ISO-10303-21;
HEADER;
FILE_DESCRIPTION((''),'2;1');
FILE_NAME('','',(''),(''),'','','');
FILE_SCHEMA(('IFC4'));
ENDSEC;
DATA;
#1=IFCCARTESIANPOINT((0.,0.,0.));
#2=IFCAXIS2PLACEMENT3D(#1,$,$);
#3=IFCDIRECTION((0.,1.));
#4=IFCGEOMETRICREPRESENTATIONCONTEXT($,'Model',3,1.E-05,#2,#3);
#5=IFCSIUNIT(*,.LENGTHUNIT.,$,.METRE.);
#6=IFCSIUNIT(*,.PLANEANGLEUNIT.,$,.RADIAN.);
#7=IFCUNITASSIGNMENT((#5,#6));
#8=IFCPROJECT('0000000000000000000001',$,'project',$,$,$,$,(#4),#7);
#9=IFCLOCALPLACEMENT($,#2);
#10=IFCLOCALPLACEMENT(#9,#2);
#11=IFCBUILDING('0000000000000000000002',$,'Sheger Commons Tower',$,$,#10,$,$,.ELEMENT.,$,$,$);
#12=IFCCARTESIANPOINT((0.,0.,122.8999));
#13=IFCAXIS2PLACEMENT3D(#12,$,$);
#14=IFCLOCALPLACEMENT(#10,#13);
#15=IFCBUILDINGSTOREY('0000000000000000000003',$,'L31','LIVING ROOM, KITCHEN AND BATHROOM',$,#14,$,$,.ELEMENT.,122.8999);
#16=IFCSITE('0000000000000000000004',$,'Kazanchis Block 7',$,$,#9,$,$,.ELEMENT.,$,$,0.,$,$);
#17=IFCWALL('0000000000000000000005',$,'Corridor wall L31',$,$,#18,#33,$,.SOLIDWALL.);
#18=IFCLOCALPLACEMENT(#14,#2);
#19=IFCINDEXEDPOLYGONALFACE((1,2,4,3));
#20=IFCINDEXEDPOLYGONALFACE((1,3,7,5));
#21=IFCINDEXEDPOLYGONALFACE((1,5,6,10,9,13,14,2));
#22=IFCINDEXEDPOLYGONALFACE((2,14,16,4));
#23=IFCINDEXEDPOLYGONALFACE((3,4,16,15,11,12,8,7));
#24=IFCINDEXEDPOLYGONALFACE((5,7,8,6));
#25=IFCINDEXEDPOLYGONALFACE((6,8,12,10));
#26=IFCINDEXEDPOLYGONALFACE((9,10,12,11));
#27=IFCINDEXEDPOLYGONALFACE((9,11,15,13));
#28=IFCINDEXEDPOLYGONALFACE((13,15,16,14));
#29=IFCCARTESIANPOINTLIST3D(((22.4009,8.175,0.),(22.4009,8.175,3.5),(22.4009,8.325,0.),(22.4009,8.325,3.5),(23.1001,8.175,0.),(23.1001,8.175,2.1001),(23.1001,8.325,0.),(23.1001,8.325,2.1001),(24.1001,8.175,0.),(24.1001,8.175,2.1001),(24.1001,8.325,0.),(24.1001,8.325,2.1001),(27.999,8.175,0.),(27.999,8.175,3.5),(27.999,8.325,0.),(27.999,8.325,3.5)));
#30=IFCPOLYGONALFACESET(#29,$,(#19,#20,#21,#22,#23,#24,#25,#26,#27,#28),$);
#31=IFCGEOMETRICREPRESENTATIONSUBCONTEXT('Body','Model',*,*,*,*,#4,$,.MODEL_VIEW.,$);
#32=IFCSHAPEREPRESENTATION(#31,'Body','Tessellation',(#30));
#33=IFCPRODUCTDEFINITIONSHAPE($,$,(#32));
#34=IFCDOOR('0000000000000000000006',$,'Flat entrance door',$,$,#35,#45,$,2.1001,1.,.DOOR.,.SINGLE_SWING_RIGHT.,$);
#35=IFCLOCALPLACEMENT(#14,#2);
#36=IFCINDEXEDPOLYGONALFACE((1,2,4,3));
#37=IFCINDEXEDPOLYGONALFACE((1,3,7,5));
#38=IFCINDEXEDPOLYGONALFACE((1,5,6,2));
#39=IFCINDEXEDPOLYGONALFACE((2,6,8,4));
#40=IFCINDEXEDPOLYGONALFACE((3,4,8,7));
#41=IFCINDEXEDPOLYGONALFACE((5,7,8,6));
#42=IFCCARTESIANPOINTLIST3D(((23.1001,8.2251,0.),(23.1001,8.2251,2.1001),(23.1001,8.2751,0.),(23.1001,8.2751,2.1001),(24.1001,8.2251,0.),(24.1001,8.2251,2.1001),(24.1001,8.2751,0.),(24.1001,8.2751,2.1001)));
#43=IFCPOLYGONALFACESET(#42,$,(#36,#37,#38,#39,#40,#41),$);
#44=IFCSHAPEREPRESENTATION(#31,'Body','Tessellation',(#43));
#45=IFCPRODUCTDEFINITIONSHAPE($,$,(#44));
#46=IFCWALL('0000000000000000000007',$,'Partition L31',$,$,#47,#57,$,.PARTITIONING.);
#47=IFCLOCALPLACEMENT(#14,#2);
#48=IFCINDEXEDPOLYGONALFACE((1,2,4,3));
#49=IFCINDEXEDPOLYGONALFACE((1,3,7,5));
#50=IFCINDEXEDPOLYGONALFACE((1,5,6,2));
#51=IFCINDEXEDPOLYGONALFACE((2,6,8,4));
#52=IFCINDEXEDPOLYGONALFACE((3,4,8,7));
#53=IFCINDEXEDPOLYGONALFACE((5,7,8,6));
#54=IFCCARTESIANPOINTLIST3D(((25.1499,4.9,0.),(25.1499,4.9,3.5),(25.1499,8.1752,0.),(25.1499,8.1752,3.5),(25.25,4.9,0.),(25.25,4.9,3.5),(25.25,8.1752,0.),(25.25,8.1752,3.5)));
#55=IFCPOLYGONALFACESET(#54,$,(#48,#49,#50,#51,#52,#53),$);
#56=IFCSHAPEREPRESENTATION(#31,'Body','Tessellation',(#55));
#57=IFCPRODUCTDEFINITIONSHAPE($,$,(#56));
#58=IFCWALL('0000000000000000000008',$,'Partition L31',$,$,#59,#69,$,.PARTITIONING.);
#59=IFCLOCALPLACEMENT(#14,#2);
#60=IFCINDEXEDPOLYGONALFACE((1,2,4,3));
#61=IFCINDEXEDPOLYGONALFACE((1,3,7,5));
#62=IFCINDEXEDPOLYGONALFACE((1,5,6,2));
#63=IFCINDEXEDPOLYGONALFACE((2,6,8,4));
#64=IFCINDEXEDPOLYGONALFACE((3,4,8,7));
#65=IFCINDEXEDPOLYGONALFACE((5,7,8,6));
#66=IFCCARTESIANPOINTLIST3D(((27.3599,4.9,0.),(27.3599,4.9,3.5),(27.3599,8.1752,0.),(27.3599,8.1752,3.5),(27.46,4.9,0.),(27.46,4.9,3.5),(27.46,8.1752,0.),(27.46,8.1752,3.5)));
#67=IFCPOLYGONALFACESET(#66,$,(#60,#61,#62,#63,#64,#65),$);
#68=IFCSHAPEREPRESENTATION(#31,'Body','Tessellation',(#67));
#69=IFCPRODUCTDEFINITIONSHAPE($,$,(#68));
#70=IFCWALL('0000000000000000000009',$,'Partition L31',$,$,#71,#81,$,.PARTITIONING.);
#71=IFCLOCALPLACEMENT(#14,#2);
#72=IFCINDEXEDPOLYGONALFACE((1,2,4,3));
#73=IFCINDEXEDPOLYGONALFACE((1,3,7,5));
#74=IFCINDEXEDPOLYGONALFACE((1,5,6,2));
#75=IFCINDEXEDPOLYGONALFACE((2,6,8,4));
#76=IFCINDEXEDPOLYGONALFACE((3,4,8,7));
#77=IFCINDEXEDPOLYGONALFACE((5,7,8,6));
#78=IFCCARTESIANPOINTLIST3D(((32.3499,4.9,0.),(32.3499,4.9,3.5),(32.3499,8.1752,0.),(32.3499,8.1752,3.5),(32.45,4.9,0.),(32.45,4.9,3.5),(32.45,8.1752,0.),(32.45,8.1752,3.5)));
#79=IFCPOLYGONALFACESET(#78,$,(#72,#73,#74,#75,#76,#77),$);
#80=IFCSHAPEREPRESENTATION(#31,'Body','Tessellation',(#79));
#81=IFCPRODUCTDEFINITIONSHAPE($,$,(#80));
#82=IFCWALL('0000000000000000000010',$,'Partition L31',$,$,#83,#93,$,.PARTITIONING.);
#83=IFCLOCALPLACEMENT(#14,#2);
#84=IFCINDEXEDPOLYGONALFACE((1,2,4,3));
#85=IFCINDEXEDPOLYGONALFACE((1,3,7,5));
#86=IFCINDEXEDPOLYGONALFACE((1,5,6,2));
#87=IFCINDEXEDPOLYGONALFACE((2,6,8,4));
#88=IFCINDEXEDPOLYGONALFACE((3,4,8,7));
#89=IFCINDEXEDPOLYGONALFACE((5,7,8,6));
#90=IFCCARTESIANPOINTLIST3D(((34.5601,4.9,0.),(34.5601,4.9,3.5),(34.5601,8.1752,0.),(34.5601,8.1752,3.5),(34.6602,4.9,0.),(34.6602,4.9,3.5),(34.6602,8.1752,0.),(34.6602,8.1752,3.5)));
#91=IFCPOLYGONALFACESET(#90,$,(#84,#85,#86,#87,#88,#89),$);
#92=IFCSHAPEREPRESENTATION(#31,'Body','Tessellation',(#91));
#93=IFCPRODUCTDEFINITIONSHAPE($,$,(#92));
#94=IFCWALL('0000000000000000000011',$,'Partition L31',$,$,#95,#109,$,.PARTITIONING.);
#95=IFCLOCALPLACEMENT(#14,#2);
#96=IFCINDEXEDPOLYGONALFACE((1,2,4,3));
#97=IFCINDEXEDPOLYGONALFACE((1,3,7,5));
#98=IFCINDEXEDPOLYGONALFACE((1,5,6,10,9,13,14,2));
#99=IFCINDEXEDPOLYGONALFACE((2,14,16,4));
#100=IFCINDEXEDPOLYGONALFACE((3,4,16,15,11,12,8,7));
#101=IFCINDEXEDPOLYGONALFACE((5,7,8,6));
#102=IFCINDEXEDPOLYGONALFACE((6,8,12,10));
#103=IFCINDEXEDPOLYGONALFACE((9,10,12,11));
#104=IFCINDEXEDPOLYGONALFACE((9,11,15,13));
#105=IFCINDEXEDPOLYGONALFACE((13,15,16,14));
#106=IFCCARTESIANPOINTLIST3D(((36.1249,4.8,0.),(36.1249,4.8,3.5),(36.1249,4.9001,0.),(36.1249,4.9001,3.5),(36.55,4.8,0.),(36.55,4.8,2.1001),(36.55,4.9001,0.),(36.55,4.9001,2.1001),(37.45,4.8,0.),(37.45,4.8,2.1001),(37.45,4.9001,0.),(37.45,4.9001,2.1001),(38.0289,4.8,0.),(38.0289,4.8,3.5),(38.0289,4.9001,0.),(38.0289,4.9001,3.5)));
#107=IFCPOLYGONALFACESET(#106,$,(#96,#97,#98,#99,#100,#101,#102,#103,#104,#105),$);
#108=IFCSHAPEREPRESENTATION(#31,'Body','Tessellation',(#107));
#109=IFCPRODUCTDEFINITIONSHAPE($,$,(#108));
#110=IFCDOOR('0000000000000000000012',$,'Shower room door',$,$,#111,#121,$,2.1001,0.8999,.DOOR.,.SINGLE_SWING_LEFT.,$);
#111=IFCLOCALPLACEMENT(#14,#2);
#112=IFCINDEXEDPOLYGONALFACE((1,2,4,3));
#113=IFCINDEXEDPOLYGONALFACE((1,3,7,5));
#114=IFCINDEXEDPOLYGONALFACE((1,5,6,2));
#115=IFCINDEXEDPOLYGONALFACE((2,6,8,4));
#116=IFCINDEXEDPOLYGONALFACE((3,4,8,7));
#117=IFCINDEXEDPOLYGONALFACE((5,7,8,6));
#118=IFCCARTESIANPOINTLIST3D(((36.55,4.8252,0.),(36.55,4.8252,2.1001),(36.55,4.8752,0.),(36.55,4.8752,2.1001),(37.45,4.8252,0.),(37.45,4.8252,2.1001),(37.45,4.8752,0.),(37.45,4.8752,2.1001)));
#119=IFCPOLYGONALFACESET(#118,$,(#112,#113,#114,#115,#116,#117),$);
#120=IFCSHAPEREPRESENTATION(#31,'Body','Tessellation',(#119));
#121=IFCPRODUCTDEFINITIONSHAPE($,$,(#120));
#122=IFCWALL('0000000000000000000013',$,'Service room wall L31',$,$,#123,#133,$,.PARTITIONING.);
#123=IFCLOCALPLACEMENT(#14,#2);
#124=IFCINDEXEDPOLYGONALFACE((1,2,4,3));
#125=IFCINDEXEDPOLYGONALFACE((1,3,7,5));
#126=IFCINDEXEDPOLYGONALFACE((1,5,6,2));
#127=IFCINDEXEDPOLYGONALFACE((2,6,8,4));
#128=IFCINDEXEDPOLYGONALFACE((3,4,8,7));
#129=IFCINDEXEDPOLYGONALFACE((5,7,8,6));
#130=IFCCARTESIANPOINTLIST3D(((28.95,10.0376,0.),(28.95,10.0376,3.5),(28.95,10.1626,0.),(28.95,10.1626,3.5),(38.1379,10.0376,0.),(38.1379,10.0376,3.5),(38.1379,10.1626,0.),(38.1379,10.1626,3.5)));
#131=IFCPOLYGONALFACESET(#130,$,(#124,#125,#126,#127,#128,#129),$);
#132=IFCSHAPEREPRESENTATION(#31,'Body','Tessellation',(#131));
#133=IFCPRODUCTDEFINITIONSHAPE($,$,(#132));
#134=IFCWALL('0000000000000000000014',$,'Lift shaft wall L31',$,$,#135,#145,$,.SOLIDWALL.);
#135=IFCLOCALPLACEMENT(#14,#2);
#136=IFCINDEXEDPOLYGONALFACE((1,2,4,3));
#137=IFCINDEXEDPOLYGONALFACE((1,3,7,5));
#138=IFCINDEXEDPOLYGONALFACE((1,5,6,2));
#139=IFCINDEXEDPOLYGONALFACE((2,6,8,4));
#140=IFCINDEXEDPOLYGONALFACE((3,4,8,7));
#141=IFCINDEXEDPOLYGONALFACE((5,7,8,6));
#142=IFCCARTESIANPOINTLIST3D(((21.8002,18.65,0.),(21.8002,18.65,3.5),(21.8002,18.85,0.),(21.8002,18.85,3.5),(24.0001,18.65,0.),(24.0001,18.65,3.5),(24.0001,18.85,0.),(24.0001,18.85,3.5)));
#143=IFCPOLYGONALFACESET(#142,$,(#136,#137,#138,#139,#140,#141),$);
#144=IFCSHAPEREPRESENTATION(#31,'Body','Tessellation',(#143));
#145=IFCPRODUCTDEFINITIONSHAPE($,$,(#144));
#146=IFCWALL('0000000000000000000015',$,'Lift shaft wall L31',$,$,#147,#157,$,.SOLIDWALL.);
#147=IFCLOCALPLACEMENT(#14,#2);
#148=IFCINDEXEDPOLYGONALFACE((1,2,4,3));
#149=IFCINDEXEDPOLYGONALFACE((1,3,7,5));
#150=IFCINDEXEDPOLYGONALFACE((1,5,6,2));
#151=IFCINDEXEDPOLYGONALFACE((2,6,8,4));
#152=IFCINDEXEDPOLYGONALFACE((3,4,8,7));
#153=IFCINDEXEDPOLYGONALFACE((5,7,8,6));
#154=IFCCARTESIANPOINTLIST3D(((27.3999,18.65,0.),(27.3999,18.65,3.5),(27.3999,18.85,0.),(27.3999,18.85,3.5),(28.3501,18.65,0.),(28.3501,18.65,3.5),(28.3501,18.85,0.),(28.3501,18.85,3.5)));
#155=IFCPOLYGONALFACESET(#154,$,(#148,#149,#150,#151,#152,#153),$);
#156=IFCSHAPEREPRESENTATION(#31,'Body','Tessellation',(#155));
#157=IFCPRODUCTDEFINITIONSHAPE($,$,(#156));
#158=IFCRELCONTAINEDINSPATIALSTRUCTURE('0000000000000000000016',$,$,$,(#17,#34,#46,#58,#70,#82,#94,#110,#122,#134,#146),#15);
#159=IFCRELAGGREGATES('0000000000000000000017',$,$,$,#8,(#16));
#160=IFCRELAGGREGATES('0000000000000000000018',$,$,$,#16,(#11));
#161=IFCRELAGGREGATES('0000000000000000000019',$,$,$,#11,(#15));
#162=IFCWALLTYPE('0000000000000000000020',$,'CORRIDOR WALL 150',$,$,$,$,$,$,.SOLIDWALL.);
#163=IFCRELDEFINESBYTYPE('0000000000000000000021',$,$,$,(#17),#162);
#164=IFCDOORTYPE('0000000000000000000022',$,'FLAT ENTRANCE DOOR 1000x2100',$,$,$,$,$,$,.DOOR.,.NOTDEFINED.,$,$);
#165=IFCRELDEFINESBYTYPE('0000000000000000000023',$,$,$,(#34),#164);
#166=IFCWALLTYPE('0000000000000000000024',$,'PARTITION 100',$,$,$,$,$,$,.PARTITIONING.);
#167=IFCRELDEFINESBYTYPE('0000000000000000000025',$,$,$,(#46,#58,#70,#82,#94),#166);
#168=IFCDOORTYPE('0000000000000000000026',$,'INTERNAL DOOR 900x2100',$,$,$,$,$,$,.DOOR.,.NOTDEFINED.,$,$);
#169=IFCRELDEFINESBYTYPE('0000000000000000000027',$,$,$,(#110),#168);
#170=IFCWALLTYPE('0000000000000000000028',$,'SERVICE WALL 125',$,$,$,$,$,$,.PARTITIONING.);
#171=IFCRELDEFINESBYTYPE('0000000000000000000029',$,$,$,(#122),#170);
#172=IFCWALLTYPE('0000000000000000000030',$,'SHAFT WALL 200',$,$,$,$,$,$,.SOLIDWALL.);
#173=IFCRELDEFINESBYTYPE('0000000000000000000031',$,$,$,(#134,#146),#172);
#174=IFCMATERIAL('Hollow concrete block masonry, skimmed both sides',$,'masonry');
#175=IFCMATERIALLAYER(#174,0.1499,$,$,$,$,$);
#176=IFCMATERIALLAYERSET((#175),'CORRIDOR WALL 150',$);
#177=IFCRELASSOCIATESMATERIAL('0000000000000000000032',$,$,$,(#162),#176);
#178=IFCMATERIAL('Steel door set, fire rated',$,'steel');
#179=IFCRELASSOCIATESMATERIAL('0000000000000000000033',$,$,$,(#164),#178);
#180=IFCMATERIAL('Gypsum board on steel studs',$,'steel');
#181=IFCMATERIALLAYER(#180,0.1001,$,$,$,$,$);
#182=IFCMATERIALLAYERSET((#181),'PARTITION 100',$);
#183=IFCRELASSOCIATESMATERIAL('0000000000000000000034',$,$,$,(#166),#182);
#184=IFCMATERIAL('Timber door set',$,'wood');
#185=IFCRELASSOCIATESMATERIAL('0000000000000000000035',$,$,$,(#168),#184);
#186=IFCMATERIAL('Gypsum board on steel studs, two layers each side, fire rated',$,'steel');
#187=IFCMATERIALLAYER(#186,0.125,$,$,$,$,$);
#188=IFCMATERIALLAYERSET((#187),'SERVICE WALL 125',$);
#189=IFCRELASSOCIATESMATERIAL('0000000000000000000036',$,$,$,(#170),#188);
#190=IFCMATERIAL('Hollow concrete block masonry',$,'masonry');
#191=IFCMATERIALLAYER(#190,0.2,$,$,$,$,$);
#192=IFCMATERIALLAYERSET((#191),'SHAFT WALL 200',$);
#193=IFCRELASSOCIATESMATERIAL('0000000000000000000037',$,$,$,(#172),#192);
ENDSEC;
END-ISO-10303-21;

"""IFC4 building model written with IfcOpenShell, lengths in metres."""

from ifc_helpers import new_model, si_unit, direction, frame, frame_2d, origin, place, context, subcontext, project, spatial, rectangle, extrude, material, layer, layer_set, type_object, element, fill, save


model = new_model("IFC4")

# Units and contexts
model_context = context("Model", 3, precision=1e-05, world=origin(), true_north=direction((0.0, 1.0)))
body_context = subcontext(model_context, "Body", "Model", "MODEL_VIEW")
ifc_project = project(units=[si_unit("LENGTHUNIT", "METRE"), si_unit("PLANEANGLEUNIT", "RADIAN")], contexts=[model_context])

# Site, building, storey
site_placement = place(None, origin())
site = spatial("IfcSite", under=ifc_project, at=site_placement, Name="Kazanchis Block 7", CompositionType="ELEMENT", RefElevation=0.0)
building_placement = place(site_placement, origin())
building = spatial("IfcBuilding", under=site, at=building_placement, Name="Sheger Commons Tower", CompositionType="ELEMENT")
storey_placement = place(building_placement, frame((0.0, 0.0, 122.8999)))
storey = spatial("IfcBuildingStorey", under=building, at=storey_placement, Name="L31", Description="LIVING ROOM, KITCHEN AND BATHROOM", CompositionType="ELEMENT", Elevation=122.8999)

# Wall, opening, door
ifc_material_1 = material(Name="Hollow concrete block masonry, skimmed both sides", Category="masonry")
ifc_layer_1 = layer(ifc_material_1, 0.1499)
ifc_layer_set_1 = layer_set([ifc_layer_1], Name="CORRIDOR WALL 150")
wall_type_1 = type_object("IfcWallType", Name="CORRIDOR WALL 150", PredefinedType="SOLIDWALL", material=ifc_layer_set_1)
ifc_material_2 = material(Name="Steel door set, fire rated", Category="steel")
door_type_1 = type_object("IfcDoorType", Name="FLAT ENTRANCE DOOR 1000x2100", OperationType="NOTDEFINED", PredefinedType="DOOR", material=ifc_material_2)
wall_1_placement = place(storey_placement, frame((27.999, 8.25, 0.0), z_axis=(0.0, 0.0, 1.0), x_axis=(-1.0, 0.0, 0.0)))
wall_1 = element("IfcWall", 1, at=wall_1_placement, inside=storey, type_object=wall_type_1, Name="Corridor wall L31", PredefinedType="SOLIDWALL", context=body_context, shape_type="SweptSolid", body=[
    extrude(rectangle(XDim=5.5981, YDim=0.1499, at=frame_2d((2.7991, 0.0))), origin(), (0.0, 0.0, 1.0), 3.5),
])
opening_1_placement = place(wall_1_placement, frame((3.8989, 0.0, 0.0)))
opening_1 = element("IfcOpeningElement", 2, at=opening_1_placement, cuts=wall_1, PredefinedType="OPENING", context=body_context, shape_type="SweptSolid", body=[
    extrude(rectangle(XDim=1.0, YDim=2.1001, at=frame_2d((0.5, 1.05))), frame((0.0, 0.085, 0.0), z_axis=(0.0, -1.0, 0.0), x_axis=(1.0, 0.0, 0.0)), (0.0, 0.0, 1.0), 0.1699),
])
door_1_placement = place(opening_1_placement, origin())
door_1 = element("IfcDoor", 3, at=door_1_placement, inside=storey, type_object=door_type_1, Name="Flat entrance door", OperationType="SINGLE_SWING_RIGHT", OverallHeight=2.1001, OverallWidth=1.0, PredefinedType="DOOR", context=body_context, shape_type="SweptSolid", body=[
    extrude(rectangle(XDim=1.0, YDim=2.1001, at=frame_2d((0.5, 1.05))), frame((0.0, 0.0249, 0.0), z_axis=(0.0, -1.0, 0.0), x_axis=(1.0, 0.0, 0.0)), (0.0, 0.0, 1.0), 0.05),
])
fill(opening_1, door_1)

# Walls
ifc_material_3 = material(Name="Gypsum board on steel studs", Category="steel")
ifc_layer_2 = layer(ifc_material_3, 0.1001)
ifc_layer_set_2 = layer_set([ifc_layer_2], Name="PARTITION 100")
wall_type_2 = type_object("IfcWallType", Name="PARTITION 100", PredefinedType="PARTITIONING", material=ifc_layer_set_2)
for number, where, z_axis, x_axis, name in (
    (4, (25.2, 4.8999, 0.0), (0.0, 0.0, 1.0), (0.0, 1.0, 0.0), "Partition L31"),
    (5, (27.4099, 4.8999, 0.0), (0.0, 0.0, 1.0), (0.0, 1.0, 0.0), "Partition L31"),
    (6, (32.3999, 4.8999, 0.0), (0.0, 0.0, 1.0), (0.0, 1.0, 0.0), "Partition L31"),
    (7, (34.6101, 4.8999, 0.0), (0.0, 0.0, 1.0), (0.0, 1.0, 0.0), "Partition L31"),
):
    element("IfcWall", number, at=place(storey_placement, frame(where, z_axis=z_axis, x_axis=x_axis)), inside=storey, type_object=wall_type_2, Name=name, PredefinedType="PARTITIONING", context=body_context, shape_type="SweptSolid", body=[
        extrude(rectangle(XDim=3.2751, YDim=0.1001, at=frame_2d((1.6377, 0.0))), origin(), (0.0, 0.0, 1.0), 3.5),
    ])

# Wall, opening, door
wall_2_placement = place(storey_placement, frame((38.0291, 4.8501, 0.0), z_axis=(0.0, 0.0, 1.0), x_axis=(-1.0, 0.0, 0.0)))
wall_2 = element("IfcWall", 8, at=wall_2_placement, inside=storey, type_object=wall_type_2, Name="Partition L31", PredefinedType="PARTITIONING", context=body_context, shape_type="SweptSolid", body=[
    extrude(rectangle(XDim=1.9041, YDim=0.1001, at=frame_2d((0.9521, 0.0))), origin(), (0.0, 0.0, 1.0), 3.5),
])
opening_2_placement = place(wall_2_placement, frame((0.5791, 0.0, 0.0)))
opening_2 = element("IfcOpeningElement", 9, at=opening_2_placement, cuts=wall_2, PredefinedType="OPENING", context=body_context, shape_type="SweptSolid", body=[
    extrude(rectangle(XDim=0.8999, YDim=2.1001, at=frame_2d((0.45, 1.05))), frame((0.0, 0.0601, 0.0), z_axis=(0.0, -1.0, 0.0), x_axis=(1.0, 0.0, 0.0)), (0.0, 0.0, 1.0), 0.1201),
])
ifc_material_4 = material(Name="Timber door set", Category="wood")
door_type_2 = type_object("IfcDoorType", Name="INTERNAL DOOR 900x2100", OperationType="NOTDEFINED", PredefinedType="DOOR", material=ifc_material_4)
door_2_placement = place(opening_2_placement, origin())
door_2 = element("IfcDoor", 10, at=door_2_placement, inside=storey, type_object=door_type_2, Name="Shower room door", OperationType="SINGLE_SWING_LEFT", OverallHeight=2.1001, OverallWidth=0.8999, PredefinedType="DOOR", context=body_context, shape_type="SweptSolid", body=[
    extrude(rectangle(XDim=0.8999, YDim=2.1001, at=frame_2d((0.45, 1.05))), frame((0.0, 0.0249, 0.0), z_axis=(0.0, -1.0, 0.0), x_axis=(1.0, 0.0, 0.0)), (0.0, 0.0, 1.0), 0.05),
])
fill(opening_2, door_2)

# Walls
ifc_material_5 = material(Name="Gypsum board on steel studs, two layers each side, fire rated", Category="steel")
ifc_layer_3 = layer(ifc_material_5, 0.125)
ifc_layer_set_3 = layer_set([ifc_layer_3], Name="SERVICE WALL 125")
wall_type_3 = type_object("IfcWallType", Name="SERVICE WALL 125", PredefinedType="PARTITIONING", material=ifc_layer_set_3)
wall_3_placement = place(storey_placement, frame((28.95, 10.1001, 0.0), z_axis=(0.0, 0.0, 1.0), x_axis=(1.0, 0.0, 0.0)))
element("IfcWall", 11, at=wall_3_placement, inside=storey, type_object=wall_type_3, Name="Service room wall L31", PredefinedType="PARTITIONING", context=body_context, shape_type="SweptSolid", body=[
    extrude(rectangle(XDim=9.188, YDim=0.125, at=frame_2d((4.594, 0.0))), origin(), (0.0, 0.0, 1.0), 3.5),
])
ifc_material_6 = material(Name="Hollow concrete block masonry", Category="masonry")
ifc_layer_4 = layer(ifc_material_6, 0.2)
ifc_layer_set_4 = layer_set([ifc_layer_4], Name="SHAFT WALL 200")
wall_type_4 = type_object("IfcWallType", Name="SHAFT WALL 200", PredefinedType="SOLIDWALL", material=ifc_layer_set_4)
wall_4_placement = place(storey_placement, frame((21.8, 18.75, 0.0), z_axis=(0.0, 0.0, 1.0), x_axis=(1.0, 0.0, 0.0)))
element("IfcWall", 12, at=wall_4_placement, inside=storey, type_object=wall_type_4, Name="Lift shaft wall L31", PredefinedType="SOLIDWALL", context=body_context, shape_type="SweptSolid", body=[
    extrude(rectangle(XDim=2.2, YDim=0.2, at=frame_2d((1.1001, 0.0))), origin(), (0.0, 0.0, 1.0), 3.5),
])
wall_5_placement = place(storey_placement, frame((27.3999, 18.75, 0.0), z_axis=(0.0, 0.0, 1.0), x_axis=(1.0, 0.0, 0.0)))
element("IfcWall", 13, at=wall_5_placement, inside=storey, type_object=wall_type_4, Name="Lift shaft wall L31", PredefinedType="SOLIDWALL", context=body_context, shape_type="SweptSolid", body=[
    extrude(rectangle(XDim=0.9502, YDim=0.2, at=frame_2d((0.4751, 0.0))), origin(), (0.0, 0.0, 1.0), 3.5),
])

save(model, "model.ifc")
